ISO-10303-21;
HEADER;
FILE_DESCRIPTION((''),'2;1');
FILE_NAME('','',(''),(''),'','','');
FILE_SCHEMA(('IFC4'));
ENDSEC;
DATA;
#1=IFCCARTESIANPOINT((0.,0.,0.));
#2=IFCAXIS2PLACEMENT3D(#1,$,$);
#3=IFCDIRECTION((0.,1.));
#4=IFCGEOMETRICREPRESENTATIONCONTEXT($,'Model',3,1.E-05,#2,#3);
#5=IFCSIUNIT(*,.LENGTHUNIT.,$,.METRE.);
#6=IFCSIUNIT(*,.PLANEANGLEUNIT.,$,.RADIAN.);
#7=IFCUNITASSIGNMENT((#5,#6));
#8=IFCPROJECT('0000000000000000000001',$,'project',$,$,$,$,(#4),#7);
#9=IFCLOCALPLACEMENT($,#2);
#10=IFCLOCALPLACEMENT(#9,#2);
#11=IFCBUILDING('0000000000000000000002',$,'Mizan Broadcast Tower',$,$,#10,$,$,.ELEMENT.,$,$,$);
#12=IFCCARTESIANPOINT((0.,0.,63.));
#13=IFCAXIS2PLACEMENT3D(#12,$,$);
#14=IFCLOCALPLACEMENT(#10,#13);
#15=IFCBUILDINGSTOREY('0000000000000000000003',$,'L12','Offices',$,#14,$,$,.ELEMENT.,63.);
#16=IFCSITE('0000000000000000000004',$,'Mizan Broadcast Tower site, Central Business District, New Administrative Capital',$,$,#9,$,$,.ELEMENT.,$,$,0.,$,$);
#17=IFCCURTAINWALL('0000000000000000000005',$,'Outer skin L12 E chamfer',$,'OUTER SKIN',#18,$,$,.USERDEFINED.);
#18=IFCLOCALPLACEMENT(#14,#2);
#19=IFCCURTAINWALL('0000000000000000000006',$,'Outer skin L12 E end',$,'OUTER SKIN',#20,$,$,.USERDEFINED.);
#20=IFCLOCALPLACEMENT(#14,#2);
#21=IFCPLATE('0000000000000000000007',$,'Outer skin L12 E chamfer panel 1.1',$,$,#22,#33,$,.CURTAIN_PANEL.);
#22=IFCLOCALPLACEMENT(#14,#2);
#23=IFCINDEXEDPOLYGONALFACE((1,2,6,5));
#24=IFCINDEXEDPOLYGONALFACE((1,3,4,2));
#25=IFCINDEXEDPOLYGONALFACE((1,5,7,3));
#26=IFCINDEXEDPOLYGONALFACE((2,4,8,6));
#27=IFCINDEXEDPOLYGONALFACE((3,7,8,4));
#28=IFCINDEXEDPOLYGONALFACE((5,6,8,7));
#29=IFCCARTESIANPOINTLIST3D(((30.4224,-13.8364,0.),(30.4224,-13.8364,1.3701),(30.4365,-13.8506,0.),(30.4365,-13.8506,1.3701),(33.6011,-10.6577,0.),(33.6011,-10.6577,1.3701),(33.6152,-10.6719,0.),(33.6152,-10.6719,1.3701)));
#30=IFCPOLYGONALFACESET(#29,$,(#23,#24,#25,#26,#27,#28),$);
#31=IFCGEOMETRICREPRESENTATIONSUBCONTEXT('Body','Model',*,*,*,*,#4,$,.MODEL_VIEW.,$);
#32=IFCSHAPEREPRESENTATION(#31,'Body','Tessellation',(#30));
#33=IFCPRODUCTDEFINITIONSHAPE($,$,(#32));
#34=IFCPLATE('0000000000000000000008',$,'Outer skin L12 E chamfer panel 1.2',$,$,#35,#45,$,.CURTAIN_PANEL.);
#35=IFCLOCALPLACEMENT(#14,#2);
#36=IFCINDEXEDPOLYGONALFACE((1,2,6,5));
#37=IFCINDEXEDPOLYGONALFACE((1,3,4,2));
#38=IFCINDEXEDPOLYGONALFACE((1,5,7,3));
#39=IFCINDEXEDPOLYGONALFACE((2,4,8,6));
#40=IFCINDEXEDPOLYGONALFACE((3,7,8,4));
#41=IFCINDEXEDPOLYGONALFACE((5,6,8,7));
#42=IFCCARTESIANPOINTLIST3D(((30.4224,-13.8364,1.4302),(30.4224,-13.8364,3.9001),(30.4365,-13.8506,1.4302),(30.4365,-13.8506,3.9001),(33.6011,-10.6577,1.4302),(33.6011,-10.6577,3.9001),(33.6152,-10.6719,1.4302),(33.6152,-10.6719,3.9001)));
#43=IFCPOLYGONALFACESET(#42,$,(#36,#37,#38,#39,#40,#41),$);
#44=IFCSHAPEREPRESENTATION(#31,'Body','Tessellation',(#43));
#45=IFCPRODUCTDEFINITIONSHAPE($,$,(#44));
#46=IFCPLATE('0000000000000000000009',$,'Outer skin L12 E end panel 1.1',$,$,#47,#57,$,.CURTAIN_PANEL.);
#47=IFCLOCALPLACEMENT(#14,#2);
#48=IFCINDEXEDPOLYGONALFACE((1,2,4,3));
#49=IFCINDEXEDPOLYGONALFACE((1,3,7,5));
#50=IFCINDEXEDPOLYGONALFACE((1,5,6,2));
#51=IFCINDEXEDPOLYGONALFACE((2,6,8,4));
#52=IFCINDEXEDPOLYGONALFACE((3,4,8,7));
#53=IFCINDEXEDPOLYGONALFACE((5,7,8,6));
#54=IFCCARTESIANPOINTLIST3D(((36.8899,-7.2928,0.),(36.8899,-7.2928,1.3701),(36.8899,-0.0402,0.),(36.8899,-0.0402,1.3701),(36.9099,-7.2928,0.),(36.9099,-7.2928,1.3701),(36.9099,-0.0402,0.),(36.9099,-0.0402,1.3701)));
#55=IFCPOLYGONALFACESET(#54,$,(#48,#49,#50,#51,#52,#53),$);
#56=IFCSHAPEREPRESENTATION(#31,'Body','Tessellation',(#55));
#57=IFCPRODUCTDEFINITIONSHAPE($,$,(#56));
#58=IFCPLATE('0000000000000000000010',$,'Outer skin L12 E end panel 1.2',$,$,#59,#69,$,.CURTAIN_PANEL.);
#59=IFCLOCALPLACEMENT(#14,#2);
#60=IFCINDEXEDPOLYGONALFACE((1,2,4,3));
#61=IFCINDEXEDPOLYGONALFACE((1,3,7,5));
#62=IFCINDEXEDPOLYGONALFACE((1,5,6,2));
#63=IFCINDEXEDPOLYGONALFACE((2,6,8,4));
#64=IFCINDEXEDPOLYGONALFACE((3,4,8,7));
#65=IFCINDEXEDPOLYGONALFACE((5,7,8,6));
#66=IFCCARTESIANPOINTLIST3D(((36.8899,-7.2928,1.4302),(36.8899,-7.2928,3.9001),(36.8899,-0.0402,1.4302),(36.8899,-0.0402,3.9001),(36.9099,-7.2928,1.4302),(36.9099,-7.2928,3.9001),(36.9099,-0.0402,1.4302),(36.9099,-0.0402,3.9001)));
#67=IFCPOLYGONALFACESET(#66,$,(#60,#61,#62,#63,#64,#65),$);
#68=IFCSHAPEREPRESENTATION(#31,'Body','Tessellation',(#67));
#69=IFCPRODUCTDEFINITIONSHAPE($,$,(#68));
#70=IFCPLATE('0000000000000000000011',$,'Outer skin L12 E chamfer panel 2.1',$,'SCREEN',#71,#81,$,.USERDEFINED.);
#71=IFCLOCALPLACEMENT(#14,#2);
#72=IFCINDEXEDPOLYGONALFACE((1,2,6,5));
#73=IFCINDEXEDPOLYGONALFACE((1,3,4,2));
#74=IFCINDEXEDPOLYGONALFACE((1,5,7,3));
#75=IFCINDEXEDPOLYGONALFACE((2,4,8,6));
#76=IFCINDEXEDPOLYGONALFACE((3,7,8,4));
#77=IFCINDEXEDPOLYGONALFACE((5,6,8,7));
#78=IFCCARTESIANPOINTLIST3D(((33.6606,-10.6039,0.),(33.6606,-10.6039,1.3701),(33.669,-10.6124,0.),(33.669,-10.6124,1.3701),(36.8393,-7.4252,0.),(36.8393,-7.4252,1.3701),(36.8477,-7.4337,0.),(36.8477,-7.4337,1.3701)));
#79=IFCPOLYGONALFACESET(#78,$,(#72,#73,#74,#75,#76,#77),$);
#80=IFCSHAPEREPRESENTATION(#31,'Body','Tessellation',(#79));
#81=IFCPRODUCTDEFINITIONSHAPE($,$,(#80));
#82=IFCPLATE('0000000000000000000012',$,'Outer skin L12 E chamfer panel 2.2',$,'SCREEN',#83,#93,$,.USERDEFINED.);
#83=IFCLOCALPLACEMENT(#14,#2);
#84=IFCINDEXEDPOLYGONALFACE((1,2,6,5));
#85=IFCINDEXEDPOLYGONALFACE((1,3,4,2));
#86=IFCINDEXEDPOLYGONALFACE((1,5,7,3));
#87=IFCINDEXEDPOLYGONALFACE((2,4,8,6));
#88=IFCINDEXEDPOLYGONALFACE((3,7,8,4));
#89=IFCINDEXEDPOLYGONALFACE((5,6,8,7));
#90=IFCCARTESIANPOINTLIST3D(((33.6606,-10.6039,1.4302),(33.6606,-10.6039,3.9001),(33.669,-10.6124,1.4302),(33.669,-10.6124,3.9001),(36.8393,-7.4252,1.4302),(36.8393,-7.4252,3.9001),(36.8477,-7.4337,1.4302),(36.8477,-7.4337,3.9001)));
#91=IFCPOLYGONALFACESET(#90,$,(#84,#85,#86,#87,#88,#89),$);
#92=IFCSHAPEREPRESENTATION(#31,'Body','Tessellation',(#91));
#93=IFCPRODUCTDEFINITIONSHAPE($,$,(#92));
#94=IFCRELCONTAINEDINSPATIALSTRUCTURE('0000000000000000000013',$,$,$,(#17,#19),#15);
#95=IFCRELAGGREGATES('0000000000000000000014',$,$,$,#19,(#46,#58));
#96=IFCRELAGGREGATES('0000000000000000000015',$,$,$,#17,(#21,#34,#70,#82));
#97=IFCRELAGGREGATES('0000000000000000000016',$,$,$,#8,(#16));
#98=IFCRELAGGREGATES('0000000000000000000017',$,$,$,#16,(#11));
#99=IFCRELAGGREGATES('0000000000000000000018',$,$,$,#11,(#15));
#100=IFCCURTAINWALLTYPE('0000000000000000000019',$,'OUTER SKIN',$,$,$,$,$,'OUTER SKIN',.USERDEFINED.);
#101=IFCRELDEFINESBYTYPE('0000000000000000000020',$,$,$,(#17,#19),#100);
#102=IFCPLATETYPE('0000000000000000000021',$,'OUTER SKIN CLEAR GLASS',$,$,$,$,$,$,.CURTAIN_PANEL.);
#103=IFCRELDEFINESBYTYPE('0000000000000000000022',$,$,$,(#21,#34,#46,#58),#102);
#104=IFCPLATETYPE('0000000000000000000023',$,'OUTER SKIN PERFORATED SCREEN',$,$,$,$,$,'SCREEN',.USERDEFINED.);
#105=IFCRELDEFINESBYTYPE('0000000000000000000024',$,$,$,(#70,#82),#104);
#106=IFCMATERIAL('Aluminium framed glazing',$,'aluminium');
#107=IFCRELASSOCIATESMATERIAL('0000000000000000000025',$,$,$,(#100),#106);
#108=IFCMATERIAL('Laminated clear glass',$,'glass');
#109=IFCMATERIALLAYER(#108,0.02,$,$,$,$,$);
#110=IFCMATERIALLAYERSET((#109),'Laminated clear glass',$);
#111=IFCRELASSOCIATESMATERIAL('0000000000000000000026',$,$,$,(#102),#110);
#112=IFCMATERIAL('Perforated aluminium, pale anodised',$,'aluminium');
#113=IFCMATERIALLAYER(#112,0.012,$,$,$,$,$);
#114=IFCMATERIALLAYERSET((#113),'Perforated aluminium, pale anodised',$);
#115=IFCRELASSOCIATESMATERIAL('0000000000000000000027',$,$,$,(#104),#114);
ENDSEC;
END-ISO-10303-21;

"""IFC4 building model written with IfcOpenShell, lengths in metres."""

from ifc_helpers import new_model, si_unit, direction, frame, origin, origin_2d, place, context, subcontext, project, spatial, rectangle, extrude, material, layer, layer_set, type_object, element, aggregate, save


model = new_model("IFC4")

# Units and contexts
model_context = context("Model", 3, precision=1e-05, world=origin(), true_north=direction((0.0, 1.0)))
body_context = subcontext(model_context, "Body", "Model", "MODEL_VIEW")
ifc_project = project(units=[si_unit("LENGTHUNIT", "METRE"), si_unit("PLANEANGLEUNIT", "RADIAN")], contexts=[model_context])

# Site, building, storey
site_placement = place(None, origin())
site = spatial("IfcSite", under=ifc_project, at=site_placement, Name="Mizan Broadcast Tower site, Central Business District, New Administrative Capital", CompositionType="ELEMENT", RefElevation=0.0)
building_placement = place(site_placement, origin())
building = spatial("IfcBuilding", under=site, at=building_placement, Name="Mizan Broadcast Tower", CompositionType="ELEMENT")
storey_placement = place(building_placement, frame((0.0, 0.0, 63.0)))
storey = spatial("IfcBuildingStorey", under=building, at=storey_placement, Name="L12", Description="Offices", CompositionType="ELEMENT", Elevation=63.0)

# Curtain wall
ifc_material_1 = material(Name="Aluminium framed glazing", Category="aluminium")
curtain_wall_type_1 = type_object("IfcCurtainWallType", Name="OUTER SKIN", ElementType="OUTER SKIN", PredefinedType="USERDEFINED", material=ifc_material_1)
curtain_wall_1_placement = place(storey_placement, origin())
curtain_wall_1 = element("IfcCurtainWall", 1, at=curtain_wall_1_placement, inside=storey, type_object=curtain_wall_type_1, Name="Outer skin L12 E chamfer", ObjectType="OUTER SKIN", PredefinedType="USERDEFINED")

# Curtain wall
curtain_wall_2_placement = place(storey_placement, origin())
curtain_wall_2 = element("IfcCurtainWall", 2, at=curtain_wall_2_placement, inside=storey, type_object=curtain_wall_type_1, Name="Outer skin L12 E end", ObjectType="OUTER SKIN", PredefinedType="USERDEFINED")

# Plates
ifc_material_2 = material(Name="Laminated clear glass", Category="glass")
ifc_layer_1 = layer(ifc_material_2, 0.02)
ifc_layer_set_1 = layer_set([ifc_layer_1], Name="Laminated clear glass")
plate_type_1 = type_object("IfcPlateType", Name="OUTER SKIN CLEAR GLASS", PredefinedType="CURTAIN_PANEL", material=ifc_layer_set_1)
plate_1_placement = place(storey_placement, frame((32.0188, -12.2542, 0.0), z_axis=(0.0, 0.0, 1.0), x_axis=(0.707107, 0.707107, 0.0)))
plate_1 = element("IfcPlate", 3, at=plate_1_placement, type_object=plate_type_1, Name="Outer skin L12 E chamfer panel 1.1", PredefinedType="CURTAIN_PANEL", context=body_context, shape_type="SweptSolid", body=[
    extrude(rectangle(XDim=4.4954, YDim=0.02, at=origin_2d()), origin(), (0.0, 0.0, 1.0), 1.3701),
])
plate_2_placement = place(storey_placement, frame((32.0188, -12.2542, 1.4302), z_axis=(0.0, 0.0, 1.0), x_axis=(0.707107, 0.707107, 0.0)))
plate_2 = element("IfcPlate", 4, at=plate_2_placement, type_object=plate_type_1, Name="Outer skin L12 E chamfer panel 1.2", PredefinedType="CURTAIN_PANEL", context=body_context, shape_type="SweptSolid", body=[
    extrude(rectangle(XDim=4.4954, YDim=0.02, at=origin_2d()), origin(), (0.0, 0.0, 1.0), 2.47),
])
plate_3_placement = place(storey_placement, frame((36.8999, -3.6665, 0.0), z_axis=(0.0, 0.0, 1.0), x_axis=(0.0, 1.0, 0.0)))
plate_3 = element("IfcPlate", 5, at=plate_3_placement, type_object=plate_type_1, Name="Outer skin L12 E end panel 1.1", PredefinedType="CURTAIN_PANEL", context=body_context, shape_type="SweptSolid", body=[
    extrude(rectangle(XDim=7.2527, YDim=0.02, at=origin_2d()), origin(), (0.0, 0.0, 1.0), 1.3701),
])
plate_4_placement = place(storey_placement, frame((36.8999, -3.6665, 1.4302), z_axis=(0.0, 0.0, 1.0), x_axis=(0.0, 1.0, 0.0)))
plate_4 = element("IfcPlate", 6, at=plate_4_placement, type_object=plate_type_1, Name="Outer skin L12 E end panel 1.2", PredefinedType="CURTAIN_PANEL", context=body_context, shape_type="SweptSolid", body=[
    extrude(rectangle(XDim=7.2527, YDim=0.02, at=origin_2d()), origin(), (0.0, 0.0, 1.0), 2.47),
])
aggregate(curtain_wall_2, [plate_3, plate_4])
ifc_material_3 = material(Name="Perforated aluminium, pale anodised", Category="aluminium")
ifc_layer_2 = layer(ifc_material_3, 0.012)
ifc_layer_set_2 = layer_set([ifc_layer_2], Name="Perforated aluminium, pale anodised")
plate_type_2 = type_object("IfcPlateType", Name="OUTER SKIN PERFORATED SCREEN", ElementType="SCREEN", PredefinedType="USERDEFINED", material=ifc_layer_set_2)
plate_5_placement = place(storey_placement, frame((35.2542, -9.0188, 0.0), z_axis=(0.0, 0.0, 1.0), x_axis=(0.707107, 0.707107, 0.0)))
plate_5 = element("IfcPlate", 7, at=plate_5_placement, type_object=plate_type_2, Name="Outer skin L12 E chamfer panel 2.1", ObjectType="SCREEN", PredefinedType="USERDEFINED", context=body_context, shape_type="SweptSolid", body=[
    extrude(rectangle(XDim=4.4954, YDim=0.012, at=origin_2d()), origin(), (0.0, 0.0, 1.0), 1.3701),
])
plate_6_placement = place(storey_placement, frame((35.2542, -9.0188, 1.4302), z_axis=(0.0, 0.0, 1.0), x_axis=(0.707107, 0.707107, 0.0)))
plate_6 = element("IfcPlate", 8, at=plate_6_placement, type_object=plate_type_2, Name="Outer skin L12 E chamfer panel 2.2", ObjectType="SCREEN", PredefinedType="USERDEFINED", context=body_context, shape_type="SweptSolid", body=[
    extrude(rectangle(XDim=4.4954, YDim=0.012, at=origin_2d()), origin(), (0.0, 0.0, 1.0), 2.47),
])
aggregate(curtain_wall_1, [plate_1, plate_2, plate_5, plate_6])

save(model, "model.ifc")
